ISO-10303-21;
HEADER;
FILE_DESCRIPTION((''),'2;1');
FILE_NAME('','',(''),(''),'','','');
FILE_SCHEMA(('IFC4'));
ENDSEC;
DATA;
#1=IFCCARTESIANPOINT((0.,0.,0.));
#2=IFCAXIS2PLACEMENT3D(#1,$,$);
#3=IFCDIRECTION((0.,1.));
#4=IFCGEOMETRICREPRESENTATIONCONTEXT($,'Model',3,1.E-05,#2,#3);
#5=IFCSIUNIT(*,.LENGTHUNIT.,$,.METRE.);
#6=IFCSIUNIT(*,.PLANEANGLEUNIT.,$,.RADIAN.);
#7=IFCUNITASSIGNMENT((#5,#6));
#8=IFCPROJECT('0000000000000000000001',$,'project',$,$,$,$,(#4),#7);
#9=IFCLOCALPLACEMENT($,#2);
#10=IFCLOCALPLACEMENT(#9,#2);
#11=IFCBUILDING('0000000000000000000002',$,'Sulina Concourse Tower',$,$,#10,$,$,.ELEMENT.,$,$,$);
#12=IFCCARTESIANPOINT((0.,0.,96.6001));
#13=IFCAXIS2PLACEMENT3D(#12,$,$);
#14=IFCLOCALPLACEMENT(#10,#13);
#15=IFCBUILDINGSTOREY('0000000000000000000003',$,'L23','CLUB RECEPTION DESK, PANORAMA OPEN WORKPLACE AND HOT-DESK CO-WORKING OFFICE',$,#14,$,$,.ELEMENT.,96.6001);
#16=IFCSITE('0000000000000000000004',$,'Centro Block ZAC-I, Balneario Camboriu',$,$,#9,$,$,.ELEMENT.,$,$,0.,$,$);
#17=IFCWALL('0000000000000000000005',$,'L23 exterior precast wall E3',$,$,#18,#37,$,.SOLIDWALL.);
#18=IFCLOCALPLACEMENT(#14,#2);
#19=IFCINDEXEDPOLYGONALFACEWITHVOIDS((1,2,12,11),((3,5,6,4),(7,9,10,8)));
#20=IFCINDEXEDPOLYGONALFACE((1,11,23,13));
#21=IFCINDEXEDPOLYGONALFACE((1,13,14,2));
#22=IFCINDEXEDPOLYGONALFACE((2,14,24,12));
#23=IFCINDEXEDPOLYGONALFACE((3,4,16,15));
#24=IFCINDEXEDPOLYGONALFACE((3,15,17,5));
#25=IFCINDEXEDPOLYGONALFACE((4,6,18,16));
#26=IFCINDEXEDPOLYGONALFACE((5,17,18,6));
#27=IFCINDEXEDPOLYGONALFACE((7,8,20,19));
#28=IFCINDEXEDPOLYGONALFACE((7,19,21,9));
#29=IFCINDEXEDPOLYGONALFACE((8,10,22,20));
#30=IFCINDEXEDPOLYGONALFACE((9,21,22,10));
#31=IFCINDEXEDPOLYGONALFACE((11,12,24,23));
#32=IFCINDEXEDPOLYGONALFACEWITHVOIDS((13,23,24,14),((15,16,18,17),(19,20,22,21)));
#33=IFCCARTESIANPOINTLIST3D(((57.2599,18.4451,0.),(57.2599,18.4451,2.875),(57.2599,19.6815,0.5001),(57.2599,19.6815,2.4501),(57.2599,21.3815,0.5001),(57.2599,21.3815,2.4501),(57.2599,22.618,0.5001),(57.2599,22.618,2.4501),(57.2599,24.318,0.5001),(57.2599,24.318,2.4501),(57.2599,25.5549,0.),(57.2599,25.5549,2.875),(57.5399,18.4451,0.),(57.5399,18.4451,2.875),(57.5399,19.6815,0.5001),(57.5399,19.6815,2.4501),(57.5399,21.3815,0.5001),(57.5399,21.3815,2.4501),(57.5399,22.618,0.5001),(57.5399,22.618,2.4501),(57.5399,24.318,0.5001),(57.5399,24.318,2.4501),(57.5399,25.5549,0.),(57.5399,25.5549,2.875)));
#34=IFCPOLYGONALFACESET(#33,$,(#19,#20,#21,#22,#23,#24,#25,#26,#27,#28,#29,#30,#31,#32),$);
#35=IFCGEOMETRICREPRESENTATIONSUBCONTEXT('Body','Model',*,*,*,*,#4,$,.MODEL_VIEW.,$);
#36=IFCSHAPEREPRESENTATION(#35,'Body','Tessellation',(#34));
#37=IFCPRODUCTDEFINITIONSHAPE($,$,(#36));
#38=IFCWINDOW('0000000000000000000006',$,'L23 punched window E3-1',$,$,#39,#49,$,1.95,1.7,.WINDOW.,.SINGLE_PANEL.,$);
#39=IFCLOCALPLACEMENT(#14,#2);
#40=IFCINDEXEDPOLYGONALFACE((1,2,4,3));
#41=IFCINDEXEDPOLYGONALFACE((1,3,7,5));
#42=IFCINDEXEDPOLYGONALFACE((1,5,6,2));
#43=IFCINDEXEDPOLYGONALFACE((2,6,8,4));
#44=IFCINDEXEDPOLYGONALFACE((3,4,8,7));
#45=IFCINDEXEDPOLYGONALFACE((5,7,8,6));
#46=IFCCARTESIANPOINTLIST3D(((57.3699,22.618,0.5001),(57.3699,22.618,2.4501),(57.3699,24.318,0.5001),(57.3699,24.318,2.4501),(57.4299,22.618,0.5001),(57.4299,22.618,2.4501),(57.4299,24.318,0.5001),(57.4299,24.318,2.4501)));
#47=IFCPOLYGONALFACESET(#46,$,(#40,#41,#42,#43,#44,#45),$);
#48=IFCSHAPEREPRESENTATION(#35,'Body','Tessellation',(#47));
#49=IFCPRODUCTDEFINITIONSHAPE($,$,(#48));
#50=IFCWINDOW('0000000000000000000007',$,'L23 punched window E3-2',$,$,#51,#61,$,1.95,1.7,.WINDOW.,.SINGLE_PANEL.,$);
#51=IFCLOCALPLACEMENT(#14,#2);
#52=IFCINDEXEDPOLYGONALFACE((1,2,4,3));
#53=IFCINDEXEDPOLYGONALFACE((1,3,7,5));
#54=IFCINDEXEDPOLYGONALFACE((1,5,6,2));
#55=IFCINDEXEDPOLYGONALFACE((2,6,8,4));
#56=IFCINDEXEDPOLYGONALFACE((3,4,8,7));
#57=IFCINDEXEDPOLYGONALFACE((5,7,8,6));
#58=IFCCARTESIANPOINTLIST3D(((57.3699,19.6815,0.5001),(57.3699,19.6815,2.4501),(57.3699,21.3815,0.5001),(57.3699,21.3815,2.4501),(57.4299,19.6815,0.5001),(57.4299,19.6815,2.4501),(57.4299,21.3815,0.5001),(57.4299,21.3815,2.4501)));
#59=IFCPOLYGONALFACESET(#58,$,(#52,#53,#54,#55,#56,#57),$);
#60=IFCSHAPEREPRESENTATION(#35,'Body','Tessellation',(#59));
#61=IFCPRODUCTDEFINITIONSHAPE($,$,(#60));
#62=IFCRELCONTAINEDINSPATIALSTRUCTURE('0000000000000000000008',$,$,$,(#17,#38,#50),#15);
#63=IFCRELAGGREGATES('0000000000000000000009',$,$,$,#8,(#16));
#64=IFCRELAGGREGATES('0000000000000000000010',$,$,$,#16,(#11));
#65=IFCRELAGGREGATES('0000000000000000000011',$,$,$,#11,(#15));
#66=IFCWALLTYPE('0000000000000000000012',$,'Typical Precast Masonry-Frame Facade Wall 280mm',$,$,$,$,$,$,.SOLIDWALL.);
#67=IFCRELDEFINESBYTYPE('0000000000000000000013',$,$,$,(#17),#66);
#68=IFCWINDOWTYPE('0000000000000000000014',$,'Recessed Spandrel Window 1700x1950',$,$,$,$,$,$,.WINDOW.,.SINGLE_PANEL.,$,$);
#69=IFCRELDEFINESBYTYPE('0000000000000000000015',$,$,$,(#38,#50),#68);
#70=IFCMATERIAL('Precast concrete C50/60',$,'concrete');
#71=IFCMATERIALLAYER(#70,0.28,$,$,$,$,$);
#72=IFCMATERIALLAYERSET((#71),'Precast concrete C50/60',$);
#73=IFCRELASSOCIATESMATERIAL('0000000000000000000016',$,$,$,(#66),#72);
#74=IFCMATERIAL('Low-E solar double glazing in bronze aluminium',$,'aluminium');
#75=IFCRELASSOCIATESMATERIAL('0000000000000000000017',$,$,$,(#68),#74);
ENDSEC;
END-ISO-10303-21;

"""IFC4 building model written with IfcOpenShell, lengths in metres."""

from ifc_helpers import new_model, si_unit, direction, frame, frame_2d, origin, place, context, subcontext, project, spatial, rectangle, extrude, material, layer, layer_set, type_object, element, fill, save


model = new_model("IFC4")

# Units and contexts
model_context = context("Model", 3, precision=1e-05, world=origin(), true_north=direction((0.0, 1.0)))
body_context = subcontext(model_context, "Body", "Model", "MODEL_VIEW")
ifc_project = project(units=[si_unit("LENGTHUNIT", "METRE"), si_unit("PLANEANGLEUNIT", "RADIAN")], contexts=[model_context])

# Site, building, storey
site_placement = place(None, origin())
site = spatial("IfcSite", under=ifc_project, at=site_placement, Name="Centro Block ZAC-I, Balneario Camboriu", CompositionType="ELEMENT", RefElevation=0.0)
building_placement = place(site_placement, origin())
building = spatial("IfcBuilding", under=site, at=building_placement, Name="Sulina Concourse Tower", CompositionType="ELEMENT")
storey_placement = place(building_placement, frame((0.0, 0.0, 96.6001)))
storey = spatial("IfcBuildingStorey", under=building, at=storey_placement, Name="L23", Description="CLUB RECEPTION DESK, PANORAMA OPEN WORKPLACE AND HOT-DESK CO-WORKING OFFICE", CompositionType="ELEMENT", Elevation=96.6001)

# Shared definitions
ifc_material_1 = material(Name="Precast concrete C50/60", Category="concrete")
ifc_layer_1 = layer(ifc_material_1, 0.28)
ifc_layer_set_1 = layer_set([ifc_layer_1], Name="Precast concrete C50/60")
wall_type_1 = type_object("IfcWallType", Name="Typical Precast Masonry-Frame Facade Wall 280mm", PredefinedType="SOLIDWALL", material=ifc_layer_set_1)
ifc_material_2 = material(Name="Low-E solar double glazing in bronze aluminium", Category="aluminium")
window_type = type_object("IfcWindowType", Name="Recessed Spandrel Window 1700x1950", PartitioningType="SINGLE_PANEL", PredefinedType="WINDOW", material=ifc_material_2)

# Wall, openings, windows
wall_1_placement = place(storey_placement, frame((57.3999, 25.5549, 0.0), z_axis=(0.0, 0.0, 1.0), x_axis=(0.0, -1.0, 0.0)))
wall_1 = element("IfcWall", 1, at=wall_1_placement, inside=storey, type_object=wall_type_1, Name="L23 exterior precast wall E3", PredefinedType="SOLIDWALL", context=body_context, shape_type="SweptSolid", body=[
    extrude(rectangle(XDim=7.1099, YDim=0.28, at=frame_2d((3.5549, 0.0))), origin(), (0.0, 0.0, 1.0), 2.875),
])
opening_1_placement = place(wall_1_placement, frame((1.2368, 0.0, 0.5)))
opening_1 = element("IfcOpeningElement", 2, at=opening_1_placement, cuts=wall_1, PredefinedType="OPENING", context=body_context, shape_type="SweptSolid", body=[
    extrude(rectangle(XDim=1.7, YDim=1.95, at=frame_2d((0.8501, 0.9751))), frame((0.0, 0.1499, 0.0), z_axis=(0.0, -1.0, 0.0), x_axis=(1.0, 0.0, 0.0)), (0.0, 0.0, 1.0), 0.3),
])
opening_2_placement = place(wall_1_placement, frame((4.1733, 0.0, 0.5)))
opening_2 = element("IfcOpeningElement", 3, at=opening_2_placement, cuts=wall_1, PredefinedType="OPENING", context=body_context, shape_type="SweptSolid", body=[
    extrude(rectangle(XDim=1.7, YDim=1.95, at=frame_2d((0.8501, 0.9751))), frame((0.0, 0.1499, 0.0), z_axis=(0.0, -1.0, 0.0), x_axis=(1.0, 0.0, 0.0)), (0.0, 0.0, 1.0), 0.3),
])
window_1_placement = place(opening_1_placement, origin())
window_1 = element("IfcWindow", 4, at=window_1_placement, inside=storey, type_object=window_type, Name="L23 punched window E3-1", OverallHeight=1.95, OverallWidth=1.7, PartitioningType="SINGLE_PANEL", PredefinedType="WINDOW", context=body_context, shape_type="SweptSolid", body=[
    extrude(rectangle(XDim=1.7, YDim=1.95, at=frame_2d((0.8501, 0.9751))), frame((0.0, 0.03, 0.0), z_axis=(0.0, -1.0, 0.0), x_axis=(1.0, 0.0, 0.0)), (0.0, 0.0, 1.0), 0.0601),
])
fill(opening_1, window_1)
window_2_placement = place(opening_2_placement, origin())
window_2 = element("IfcWindow", 5, at=window_2_placement, inside=storey, type_object=window_type, Name="L23 punched window E3-2", OverallHeight=1.95, OverallWidth=1.7, PartitioningType="SINGLE_PANEL", PredefinedType="WINDOW", context=body_context, shape_type="SweptSolid", body=[
    extrude(rectangle(XDim=1.7, YDim=1.95, at=frame_2d((0.8501, 0.9751))), frame((0.0, 0.03, 0.0), z_axis=(0.0, -1.0, 0.0), x_axis=(1.0, 0.0, 0.0)), (0.0, 0.0, 1.0), 0.0601),
])
fill(opening_2, window_2)

save(model, "model.ifc")
